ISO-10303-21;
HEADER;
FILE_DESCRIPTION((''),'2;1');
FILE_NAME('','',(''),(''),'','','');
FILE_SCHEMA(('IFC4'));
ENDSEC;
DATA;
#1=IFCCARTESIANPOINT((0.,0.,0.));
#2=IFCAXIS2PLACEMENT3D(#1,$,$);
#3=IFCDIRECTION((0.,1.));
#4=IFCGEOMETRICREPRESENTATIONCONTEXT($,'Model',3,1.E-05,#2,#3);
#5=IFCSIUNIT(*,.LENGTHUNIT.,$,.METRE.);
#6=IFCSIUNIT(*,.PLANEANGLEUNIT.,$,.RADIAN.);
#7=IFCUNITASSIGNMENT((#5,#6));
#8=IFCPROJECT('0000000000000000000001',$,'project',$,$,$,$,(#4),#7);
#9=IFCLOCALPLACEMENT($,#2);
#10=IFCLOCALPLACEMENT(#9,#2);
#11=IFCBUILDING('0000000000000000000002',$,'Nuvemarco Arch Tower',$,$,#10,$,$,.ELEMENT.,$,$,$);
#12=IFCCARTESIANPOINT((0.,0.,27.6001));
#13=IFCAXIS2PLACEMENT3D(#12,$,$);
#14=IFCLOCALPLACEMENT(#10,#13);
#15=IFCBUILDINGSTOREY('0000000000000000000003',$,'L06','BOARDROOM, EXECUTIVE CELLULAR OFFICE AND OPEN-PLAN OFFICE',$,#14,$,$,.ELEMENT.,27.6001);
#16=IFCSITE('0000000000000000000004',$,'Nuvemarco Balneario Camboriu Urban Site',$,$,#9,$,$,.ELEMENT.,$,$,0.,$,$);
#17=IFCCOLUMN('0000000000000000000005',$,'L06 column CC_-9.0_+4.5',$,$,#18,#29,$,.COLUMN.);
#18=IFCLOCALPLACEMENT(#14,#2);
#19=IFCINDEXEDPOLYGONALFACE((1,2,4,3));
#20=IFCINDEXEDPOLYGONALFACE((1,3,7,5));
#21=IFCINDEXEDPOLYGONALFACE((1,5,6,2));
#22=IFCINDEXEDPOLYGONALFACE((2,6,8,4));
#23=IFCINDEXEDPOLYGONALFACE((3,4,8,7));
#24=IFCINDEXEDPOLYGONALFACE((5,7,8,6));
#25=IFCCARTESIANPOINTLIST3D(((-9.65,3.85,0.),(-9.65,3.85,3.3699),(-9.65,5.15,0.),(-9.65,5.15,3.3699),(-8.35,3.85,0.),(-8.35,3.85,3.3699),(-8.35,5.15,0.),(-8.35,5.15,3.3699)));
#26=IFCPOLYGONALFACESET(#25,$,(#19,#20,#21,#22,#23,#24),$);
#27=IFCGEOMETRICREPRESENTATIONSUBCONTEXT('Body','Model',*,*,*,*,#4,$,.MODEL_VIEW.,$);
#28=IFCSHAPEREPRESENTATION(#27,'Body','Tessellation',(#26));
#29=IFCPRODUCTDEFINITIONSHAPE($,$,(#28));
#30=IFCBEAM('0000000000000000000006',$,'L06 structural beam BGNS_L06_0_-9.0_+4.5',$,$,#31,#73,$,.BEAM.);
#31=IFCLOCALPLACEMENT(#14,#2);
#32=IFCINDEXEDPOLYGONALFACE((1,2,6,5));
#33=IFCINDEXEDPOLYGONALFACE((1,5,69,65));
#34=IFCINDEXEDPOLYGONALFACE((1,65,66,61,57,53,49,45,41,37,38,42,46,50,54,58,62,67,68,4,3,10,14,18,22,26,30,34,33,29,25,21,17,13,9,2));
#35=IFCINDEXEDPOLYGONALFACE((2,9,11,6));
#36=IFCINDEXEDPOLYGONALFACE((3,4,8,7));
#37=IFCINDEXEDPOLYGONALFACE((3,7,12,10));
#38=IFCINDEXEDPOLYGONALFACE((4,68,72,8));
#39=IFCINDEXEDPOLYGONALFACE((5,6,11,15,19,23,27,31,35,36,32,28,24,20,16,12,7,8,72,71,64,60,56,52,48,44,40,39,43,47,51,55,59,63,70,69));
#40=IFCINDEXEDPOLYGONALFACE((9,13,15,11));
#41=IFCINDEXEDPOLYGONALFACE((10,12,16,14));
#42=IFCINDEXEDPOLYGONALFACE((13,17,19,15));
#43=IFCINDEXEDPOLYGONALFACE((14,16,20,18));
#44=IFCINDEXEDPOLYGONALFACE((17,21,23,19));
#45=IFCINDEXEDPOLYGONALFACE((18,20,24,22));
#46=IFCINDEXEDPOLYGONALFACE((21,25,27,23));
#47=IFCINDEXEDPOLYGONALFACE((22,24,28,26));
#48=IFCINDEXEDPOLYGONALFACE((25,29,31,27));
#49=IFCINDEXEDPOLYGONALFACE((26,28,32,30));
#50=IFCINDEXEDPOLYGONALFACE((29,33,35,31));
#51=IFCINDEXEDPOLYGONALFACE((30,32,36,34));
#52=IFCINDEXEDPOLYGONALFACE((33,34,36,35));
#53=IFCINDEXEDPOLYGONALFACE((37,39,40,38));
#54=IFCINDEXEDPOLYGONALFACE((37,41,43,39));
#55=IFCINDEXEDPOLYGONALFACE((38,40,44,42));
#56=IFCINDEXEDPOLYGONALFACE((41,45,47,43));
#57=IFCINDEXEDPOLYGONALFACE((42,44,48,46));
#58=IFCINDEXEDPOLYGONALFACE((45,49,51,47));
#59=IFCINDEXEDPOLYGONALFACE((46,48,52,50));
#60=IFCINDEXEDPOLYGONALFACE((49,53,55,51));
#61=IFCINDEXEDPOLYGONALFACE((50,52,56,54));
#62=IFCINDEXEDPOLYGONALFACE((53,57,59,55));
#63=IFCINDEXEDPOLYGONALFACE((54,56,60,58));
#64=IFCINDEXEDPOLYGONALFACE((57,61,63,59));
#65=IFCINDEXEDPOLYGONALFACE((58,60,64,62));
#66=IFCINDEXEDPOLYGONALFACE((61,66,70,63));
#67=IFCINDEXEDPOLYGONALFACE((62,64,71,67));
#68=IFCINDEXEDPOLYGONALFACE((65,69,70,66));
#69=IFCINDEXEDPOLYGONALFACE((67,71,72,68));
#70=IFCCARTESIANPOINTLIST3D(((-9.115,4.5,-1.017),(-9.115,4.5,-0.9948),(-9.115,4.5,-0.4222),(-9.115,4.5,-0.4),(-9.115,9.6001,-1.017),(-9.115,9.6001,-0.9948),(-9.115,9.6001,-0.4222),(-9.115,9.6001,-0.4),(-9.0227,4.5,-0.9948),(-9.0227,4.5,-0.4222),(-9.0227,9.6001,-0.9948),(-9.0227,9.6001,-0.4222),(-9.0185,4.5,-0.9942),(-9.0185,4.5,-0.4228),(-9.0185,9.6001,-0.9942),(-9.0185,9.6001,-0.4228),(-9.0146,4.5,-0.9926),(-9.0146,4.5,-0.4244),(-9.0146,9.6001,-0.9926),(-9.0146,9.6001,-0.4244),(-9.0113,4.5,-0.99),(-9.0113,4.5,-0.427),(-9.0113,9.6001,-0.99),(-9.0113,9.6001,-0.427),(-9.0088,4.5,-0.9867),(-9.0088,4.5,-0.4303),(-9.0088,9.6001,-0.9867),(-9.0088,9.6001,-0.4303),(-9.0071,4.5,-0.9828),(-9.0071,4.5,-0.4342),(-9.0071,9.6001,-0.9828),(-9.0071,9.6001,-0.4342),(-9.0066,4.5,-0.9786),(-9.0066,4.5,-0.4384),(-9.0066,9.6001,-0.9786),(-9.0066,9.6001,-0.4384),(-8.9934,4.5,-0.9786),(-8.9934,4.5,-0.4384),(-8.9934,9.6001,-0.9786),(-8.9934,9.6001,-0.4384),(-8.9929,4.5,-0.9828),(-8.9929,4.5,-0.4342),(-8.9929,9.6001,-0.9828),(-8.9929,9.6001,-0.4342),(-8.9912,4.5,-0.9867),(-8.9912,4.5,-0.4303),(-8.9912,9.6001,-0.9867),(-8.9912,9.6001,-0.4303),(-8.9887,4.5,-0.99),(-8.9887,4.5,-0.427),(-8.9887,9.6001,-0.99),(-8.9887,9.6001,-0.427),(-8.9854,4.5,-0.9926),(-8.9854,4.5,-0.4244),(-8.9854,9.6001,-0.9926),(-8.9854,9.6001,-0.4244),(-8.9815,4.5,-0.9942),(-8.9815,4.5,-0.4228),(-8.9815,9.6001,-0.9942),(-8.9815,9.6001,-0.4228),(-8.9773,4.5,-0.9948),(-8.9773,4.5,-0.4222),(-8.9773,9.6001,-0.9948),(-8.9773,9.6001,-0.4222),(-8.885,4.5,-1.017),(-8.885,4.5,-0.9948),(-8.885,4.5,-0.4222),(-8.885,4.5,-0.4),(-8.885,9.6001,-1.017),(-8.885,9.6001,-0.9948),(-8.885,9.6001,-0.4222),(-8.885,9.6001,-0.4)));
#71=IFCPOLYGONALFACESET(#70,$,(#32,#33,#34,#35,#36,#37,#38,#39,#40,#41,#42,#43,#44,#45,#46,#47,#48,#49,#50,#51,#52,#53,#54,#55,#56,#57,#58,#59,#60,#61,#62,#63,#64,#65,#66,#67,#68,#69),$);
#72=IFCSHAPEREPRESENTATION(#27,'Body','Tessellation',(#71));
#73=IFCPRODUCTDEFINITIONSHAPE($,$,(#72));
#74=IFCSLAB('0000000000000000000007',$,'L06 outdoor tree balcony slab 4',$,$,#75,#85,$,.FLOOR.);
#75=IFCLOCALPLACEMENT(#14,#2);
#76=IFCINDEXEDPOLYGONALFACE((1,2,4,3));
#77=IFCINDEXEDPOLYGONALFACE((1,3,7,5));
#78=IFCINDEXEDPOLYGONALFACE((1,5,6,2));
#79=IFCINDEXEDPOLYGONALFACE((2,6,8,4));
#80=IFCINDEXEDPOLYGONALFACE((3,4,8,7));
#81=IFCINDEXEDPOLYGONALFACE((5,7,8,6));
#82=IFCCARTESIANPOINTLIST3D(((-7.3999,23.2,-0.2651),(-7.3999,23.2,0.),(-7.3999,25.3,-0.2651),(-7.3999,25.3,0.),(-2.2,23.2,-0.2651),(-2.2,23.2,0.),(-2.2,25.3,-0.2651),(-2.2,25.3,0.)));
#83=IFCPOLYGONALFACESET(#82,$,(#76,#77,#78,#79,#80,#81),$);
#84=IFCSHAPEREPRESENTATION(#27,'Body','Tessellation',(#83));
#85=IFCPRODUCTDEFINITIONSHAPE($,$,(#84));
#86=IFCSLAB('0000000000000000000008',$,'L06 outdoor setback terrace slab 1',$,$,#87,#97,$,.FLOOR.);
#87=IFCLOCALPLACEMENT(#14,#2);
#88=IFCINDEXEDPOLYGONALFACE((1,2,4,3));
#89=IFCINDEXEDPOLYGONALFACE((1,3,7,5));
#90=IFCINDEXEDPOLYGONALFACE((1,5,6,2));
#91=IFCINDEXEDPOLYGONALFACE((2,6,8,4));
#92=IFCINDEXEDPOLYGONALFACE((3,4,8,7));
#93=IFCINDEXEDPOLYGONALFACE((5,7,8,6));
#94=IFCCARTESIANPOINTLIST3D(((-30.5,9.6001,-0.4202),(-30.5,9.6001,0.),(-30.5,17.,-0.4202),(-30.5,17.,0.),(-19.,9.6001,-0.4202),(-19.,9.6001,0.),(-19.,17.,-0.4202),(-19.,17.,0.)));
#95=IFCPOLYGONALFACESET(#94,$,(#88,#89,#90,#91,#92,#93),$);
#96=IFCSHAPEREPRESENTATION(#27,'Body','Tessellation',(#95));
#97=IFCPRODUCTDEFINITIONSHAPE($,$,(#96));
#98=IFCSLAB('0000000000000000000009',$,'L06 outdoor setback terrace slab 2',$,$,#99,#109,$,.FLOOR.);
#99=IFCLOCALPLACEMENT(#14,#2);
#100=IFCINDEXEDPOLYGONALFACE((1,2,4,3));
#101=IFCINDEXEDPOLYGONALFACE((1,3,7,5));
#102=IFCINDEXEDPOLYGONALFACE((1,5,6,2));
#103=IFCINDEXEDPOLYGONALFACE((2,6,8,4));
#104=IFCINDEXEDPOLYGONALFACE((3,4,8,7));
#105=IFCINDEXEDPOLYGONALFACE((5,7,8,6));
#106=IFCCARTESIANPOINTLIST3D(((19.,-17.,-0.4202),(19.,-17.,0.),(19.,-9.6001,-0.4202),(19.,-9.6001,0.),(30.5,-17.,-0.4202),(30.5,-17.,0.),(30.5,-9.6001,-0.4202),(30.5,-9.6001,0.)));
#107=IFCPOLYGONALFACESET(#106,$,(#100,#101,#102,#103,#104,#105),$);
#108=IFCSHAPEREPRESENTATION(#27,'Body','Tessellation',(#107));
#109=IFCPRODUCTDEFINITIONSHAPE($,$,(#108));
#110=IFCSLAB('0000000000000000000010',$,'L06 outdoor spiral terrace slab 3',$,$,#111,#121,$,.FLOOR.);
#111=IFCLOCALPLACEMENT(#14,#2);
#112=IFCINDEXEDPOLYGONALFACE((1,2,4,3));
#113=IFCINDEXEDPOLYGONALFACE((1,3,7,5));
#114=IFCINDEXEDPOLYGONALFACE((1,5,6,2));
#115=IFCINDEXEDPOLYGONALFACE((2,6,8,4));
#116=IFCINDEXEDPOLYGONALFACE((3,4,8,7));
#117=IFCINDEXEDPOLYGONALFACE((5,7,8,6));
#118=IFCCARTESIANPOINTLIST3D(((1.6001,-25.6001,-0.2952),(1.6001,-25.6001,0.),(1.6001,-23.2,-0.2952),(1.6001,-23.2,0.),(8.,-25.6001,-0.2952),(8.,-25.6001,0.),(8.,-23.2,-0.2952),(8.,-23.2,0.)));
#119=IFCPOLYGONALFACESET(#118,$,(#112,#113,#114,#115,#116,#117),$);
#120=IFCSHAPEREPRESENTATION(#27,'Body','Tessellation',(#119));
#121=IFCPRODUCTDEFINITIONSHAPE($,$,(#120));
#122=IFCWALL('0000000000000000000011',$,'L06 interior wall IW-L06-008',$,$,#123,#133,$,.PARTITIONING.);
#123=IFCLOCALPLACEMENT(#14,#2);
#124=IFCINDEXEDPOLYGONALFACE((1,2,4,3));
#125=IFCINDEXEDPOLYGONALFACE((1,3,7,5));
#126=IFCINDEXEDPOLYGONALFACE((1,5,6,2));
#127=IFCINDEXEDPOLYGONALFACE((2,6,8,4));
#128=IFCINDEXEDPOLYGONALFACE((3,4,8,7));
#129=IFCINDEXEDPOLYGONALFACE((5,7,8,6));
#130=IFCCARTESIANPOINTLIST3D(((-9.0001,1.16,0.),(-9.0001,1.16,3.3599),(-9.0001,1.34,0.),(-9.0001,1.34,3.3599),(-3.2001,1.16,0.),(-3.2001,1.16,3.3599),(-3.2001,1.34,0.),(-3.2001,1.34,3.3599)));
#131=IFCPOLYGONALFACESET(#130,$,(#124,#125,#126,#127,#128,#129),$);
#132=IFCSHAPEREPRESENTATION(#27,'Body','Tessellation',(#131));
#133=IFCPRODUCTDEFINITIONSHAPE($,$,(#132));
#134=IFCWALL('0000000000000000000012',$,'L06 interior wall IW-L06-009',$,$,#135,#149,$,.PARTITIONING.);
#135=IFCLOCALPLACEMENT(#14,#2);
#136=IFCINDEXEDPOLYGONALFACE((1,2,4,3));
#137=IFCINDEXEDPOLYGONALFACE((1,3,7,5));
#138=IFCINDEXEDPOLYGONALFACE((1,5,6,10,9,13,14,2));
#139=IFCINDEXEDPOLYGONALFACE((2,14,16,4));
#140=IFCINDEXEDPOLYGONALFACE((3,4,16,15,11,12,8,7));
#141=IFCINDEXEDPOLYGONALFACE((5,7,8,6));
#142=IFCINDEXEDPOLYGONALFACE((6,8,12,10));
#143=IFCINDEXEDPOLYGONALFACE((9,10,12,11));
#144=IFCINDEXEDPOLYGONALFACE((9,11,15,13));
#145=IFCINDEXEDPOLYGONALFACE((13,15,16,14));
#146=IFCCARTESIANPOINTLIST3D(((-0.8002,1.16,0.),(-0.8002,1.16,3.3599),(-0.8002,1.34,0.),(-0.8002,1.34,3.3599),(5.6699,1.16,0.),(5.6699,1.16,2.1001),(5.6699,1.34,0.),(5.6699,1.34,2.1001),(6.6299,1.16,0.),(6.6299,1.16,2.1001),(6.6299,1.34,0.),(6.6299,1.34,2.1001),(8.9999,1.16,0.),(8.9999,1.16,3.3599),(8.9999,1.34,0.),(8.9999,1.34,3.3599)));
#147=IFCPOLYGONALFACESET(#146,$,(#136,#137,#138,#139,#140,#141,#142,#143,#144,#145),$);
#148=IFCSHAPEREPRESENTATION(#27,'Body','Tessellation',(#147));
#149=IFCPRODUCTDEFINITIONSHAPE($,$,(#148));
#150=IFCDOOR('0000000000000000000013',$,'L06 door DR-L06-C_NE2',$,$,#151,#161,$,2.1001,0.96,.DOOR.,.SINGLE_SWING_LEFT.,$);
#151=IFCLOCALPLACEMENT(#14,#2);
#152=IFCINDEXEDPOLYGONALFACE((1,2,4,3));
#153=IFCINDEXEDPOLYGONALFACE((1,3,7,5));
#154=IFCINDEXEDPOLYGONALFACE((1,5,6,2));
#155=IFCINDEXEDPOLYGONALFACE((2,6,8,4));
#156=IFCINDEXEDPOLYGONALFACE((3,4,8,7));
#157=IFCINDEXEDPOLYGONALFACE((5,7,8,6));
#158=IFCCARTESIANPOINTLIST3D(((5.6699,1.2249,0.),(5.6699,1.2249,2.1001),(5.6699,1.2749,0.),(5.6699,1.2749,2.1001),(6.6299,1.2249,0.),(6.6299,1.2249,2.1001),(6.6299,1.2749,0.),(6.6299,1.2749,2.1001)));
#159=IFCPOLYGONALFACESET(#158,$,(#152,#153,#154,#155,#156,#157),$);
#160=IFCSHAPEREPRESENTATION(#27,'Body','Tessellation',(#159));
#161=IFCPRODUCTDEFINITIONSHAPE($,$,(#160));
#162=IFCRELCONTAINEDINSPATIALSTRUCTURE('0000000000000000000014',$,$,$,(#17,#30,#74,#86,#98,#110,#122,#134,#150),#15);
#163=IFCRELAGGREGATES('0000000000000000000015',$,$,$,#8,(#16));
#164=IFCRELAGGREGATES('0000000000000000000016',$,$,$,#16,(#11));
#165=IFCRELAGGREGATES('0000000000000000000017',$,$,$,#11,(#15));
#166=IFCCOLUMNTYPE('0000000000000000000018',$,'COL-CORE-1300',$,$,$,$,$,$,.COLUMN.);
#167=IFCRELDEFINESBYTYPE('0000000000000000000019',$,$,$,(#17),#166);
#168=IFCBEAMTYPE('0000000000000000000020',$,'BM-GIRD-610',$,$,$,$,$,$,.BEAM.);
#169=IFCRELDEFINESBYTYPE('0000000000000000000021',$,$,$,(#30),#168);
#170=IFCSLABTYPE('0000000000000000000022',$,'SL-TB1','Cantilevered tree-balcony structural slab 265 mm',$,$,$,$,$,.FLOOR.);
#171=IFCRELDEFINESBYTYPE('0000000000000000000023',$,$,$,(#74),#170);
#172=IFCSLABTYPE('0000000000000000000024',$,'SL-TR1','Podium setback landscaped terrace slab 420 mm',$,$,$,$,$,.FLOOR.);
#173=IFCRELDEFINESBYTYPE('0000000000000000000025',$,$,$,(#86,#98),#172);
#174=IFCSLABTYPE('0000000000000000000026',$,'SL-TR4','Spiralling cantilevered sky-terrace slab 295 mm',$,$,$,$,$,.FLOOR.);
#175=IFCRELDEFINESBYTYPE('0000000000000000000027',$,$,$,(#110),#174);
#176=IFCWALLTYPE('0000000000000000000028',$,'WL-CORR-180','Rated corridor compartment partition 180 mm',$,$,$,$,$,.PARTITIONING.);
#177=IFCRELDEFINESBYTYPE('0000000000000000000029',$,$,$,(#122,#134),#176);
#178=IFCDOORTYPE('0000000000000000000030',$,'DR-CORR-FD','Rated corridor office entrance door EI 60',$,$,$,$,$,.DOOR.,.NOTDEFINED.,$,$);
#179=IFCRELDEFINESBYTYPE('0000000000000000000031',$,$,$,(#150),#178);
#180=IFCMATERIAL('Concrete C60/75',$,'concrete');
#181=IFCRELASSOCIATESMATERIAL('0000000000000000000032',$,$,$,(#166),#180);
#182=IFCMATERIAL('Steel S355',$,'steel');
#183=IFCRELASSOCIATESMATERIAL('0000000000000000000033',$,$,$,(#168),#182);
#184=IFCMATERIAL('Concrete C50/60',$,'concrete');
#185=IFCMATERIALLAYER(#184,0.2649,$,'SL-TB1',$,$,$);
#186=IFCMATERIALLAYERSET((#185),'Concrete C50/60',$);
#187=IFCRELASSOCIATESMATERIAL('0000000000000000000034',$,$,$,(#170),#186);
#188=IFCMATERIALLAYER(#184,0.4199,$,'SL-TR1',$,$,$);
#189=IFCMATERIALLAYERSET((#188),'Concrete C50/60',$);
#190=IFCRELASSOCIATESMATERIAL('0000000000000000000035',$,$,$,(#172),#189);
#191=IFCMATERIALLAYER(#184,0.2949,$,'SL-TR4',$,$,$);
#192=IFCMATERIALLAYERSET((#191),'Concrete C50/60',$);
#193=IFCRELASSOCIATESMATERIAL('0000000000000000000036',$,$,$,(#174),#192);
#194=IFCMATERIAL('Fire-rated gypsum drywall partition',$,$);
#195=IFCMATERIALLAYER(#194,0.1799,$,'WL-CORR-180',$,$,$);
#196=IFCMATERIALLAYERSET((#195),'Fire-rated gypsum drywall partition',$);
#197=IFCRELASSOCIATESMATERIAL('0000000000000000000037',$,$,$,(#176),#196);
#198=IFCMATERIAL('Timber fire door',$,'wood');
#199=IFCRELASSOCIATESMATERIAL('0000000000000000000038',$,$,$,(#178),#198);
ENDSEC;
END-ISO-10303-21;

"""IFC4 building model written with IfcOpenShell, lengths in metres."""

from ifc_helpers import new_model, si_unit, direction, frame, frame_2d, origin, origin_2d, place, context, subcontext, project, spatial, polyline, rectangle, i_section, outline, extrude, source, transform, mapped, material, layer, layer_set, material_profile, profile_set, type_object, type_shapes, element, fill, save


model = new_model("IFC4")

# Units and contexts
model_context = context("Model", 3, precision=1e-05, world=origin(), true_north=direction((0.0, 1.0)))
body_context = subcontext(model_context, "Body", "Model", "MODEL_VIEW")
ifc_project = project(units=[si_unit("LENGTHUNIT", "METRE"), si_unit("PLANEANGLEUNIT", "RADIAN")], contexts=[model_context])

# Site, building, storey
site_placement = place(None, origin())
site = spatial("IfcSite", under=ifc_project, at=site_placement, Name="Nuvemarco Balneario Camboriu Urban Site", CompositionType="ELEMENT", RefElevation=0.0)
building_placement = place(site_placement, origin())
building = spatial("IfcBuilding", under=site, at=building_placement, Name="Nuvemarco Arch Tower", CompositionType="ELEMENT")
storey_placement = place(building_placement, frame((0.0, 0.0, 27.6001)))
storey = spatial("IfcBuildingStorey", under=building, at=storey_placement, Name="L06", Description="BOARDROOM, EXECUTIVE CELLULAR OFFICE AND OPEN-PLAN OFFICE", CompositionType="ELEMENT", Elevation=27.6001)

# Column
ifc_material_1 = material(Name="Concrete C60/75", Category="concrete")
ifc_material_profile_1 = material_profile(ifc_material_1, rectangle(XDim=1.3, YDim=1.3, at=origin_2d()), Name="RC-COL-1300x1300")
ifc_profile_set_1 = profile_set([ifc_material_profile_1], Name="Concrete C60/75")
column_type = type_object("IfcColumnType", Name="COL-CORE-1300", PredefinedType="COLUMN", material=ifc_profile_set_1)
column_placement = place(storey_placement, frame((-9.0, 4.5, 0.0), z_axis=(0.0, 0.0, 1.0), x_axis=(1.0, 0.0, 0.0)))
element("IfcColumn", 1, at=column_placement, inside=storey, type_object=column_type, Name="L06 column CC_-9.0_+4.5", PredefinedType="COLUMN", context=body_context, shape_type="SweptSolid", body=[
    extrude(rectangle(XDim=1.3, YDim=1.3, at=origin_2d()), origin(), (0.0, 0.0, 1.0), 3.3699),
])

# Beam
ifc_material_2 = material(Name="Steel S355", Category="steel")
ifc_material_profile_2 = material_profile(ifc_material_2, i_section(OverallWidth=0.23, OverallDepth=0.6169, WebThickness=0.0132, FlangeThickness=0.0222, FilletRadius=0.0161, at=origin_2d()), Name="W610x140")
ifc_profile_set_2 = profile_set([ifc_material_profile_2], Name="Steel S355")
beam_type = type_object("IfcBeamType", Name="BM-GIRD-610", PredefinedType="BEAM", material=ifc_profile_set_2)
beam_placement = place(storey_placement, frame((-9.0, 4.5, -0.7085), z_axis=(0.0, 1.0, 0.0), x_axis=(-1.0, 0.0, 0.0)))
element("IfcBeam", 2, at=beam_placement, inside=storey, type_object=beam_type, Name="L06 structural beam BGNS_L06_0_-9.0_+4.5", PredefinedType="BEAM", context=body_context, shape_type="SweptSolid", body=[
    extrude(i_section(OverallWidth=0.23, OverallDepth=0.6169, WebThickness=0.0132, FlangeThickness=0.0222, FilletRadius=0.0161, at=origin_2d()), origin(), (0.0, 0.0, 1.0), 5.1001),
])

# Slabs
ifc_material_3 = material(Name="Concrete C50/60", Category="concrete")
ifc_layer_1 = layer(ifc_material_3, 0.2649, Name="SL-TB1")
ifc_layer_set_1 = layer_set([ifc_layer_1], Name="Concrete C50/60")
slab_type_1 = type_object("IfcSlabType", Name="SL-TB1", Description="Cantilevered tree-balcony structural slab 265 mm", PredefinedType="FLOOR", material=ifc_layer_set_1)
slab_1_placement = place(storey_placement, frame((0.0, 0.0, -0.2651)))
element("IfcSlab", 3, at=slab_1_placement, inside=storey, type_object=slab_type_1, Name="L06 outdoor tree balcony slab 4", PredefinedType="FLOOR", context=body_context, shape_type="SweptSolid", body=[
    extrude(outline(polyline([(-7.3999, 23.2), (-2.2, 23.2), (-2.2, 25.3), (-7.3999, 25.3), (-7.3999, 23.2)])), origin(), (0.0, 0.0, 1.0), 0.2651),
])
ifc_layer_2 = layer(ifc_material_3, 0.4199, Name="SL-TR1")
ifc_layer_set_2 = layer_set([ifc_layer_2], Name="Concrete C50/60")
slab_type_2 = type_object("IfcSlabType", Name="SL-TR1", Description="Podium setback landscaped terrace slab 420 mm", PredefinedType="FLOOR", material=ifc_layer_set_2)
slab_2_placement = place(storey_placement, frame((0.0, 0.0, -0.4202)))
element("IfcSlab", 4, at=slab_2_placement, inside=storey, type_object=slab_type_2, Name="L06 outdoor setback terrace slab 1", PredefinedType="FLOOR", context=body_context, shape_type="SweptSolid", body=[
    extrude(outline(polyline([(-30.5, 9.6001), (-19.0, 9.6001), (-19.0, 17.0), (-30.5, 17.0), (-30.5, 9.6001)])), origin(), (0.0, 0.0, 1.0), 0.4202),
])
slab_3_placement = place(storey_placement, frame((0.0, 0.0, -0.4202)))
element("IfcSlab", 5, at=slab_3_placement, inside=storey, type_object=slab_type_2, Name="L06 outdoor setback terrace slab 2", PredefinedType="FLOOR", context=body_context, shape_type="SweptSolid", body=[
    extrude(outline(polyline([(19.0, -17.0), (30.5, -17.0), (30.5, -9.6001), (19.0, -9.6001), (19.0, -17.0)])), origin(), (0.0, 0.0, 1.0), 0.4202),
])
ifc_layer_3 = layer(ifc_material_3, 0.2949, Name="SL-TR4")
ifc_layer_set_3 = layer_set([ifc_layer_3], Name="Concrete C50/60")
slab_type_3 = type_object("IfcSlabType", Name="SL-TR4", Description="Spiralling cantilevered sky-terrace slab 295 mm", PredefinedType="FLOOR", material=ifc_layer_set_3)
slab_4_placement = place(storey_placement, frame((0.0, 0.0, -0.2952)))
element("IfcSlab", 6, at=slab_4_placement, inside=storey, type_object=slab_type_3, Name="L06 outdoor spiral terrace slab 3", PredefinedType="FLOOR", context=body_context, shape_type="SweptSolid", body=[
    extrude(outline(polyline([(1.6001, -25.6001), (8.0, -25.6001), (8.0, -23.2), (1.6001, -23.2), (1.6001, -25.6001)])), origin(), (0.0, 0.0, 1.0), 0.2952),
])

# Wall
ifc_material_4 = material(Name="Fire-rated gypsum drywall partition")
ifc_layer_4 = layer(ifc_material_4, 0.1799, Name="WL-CORR-180")
ifc_layer_set_4 = layer_set([ifc_layer_4], Name="Fire-rated gypsum drywall partition")
wall_type_1 = type_object("IfcWallType", Name="WL-CORR-180", Description="Rated corridor compartment partition 180 mm", PredefinedType="PARTITIONING", material=ifc_layer_set_4)
wall_1_placement = place(storey_placement, frame((-9.0, 1.25, 0.0), z_axis=(0.0, 0.0, 1.0), x_axis=(1.0, 0.0, 0.0)))
element("IfcWall", 7, at=wall_1_placement, inside=storey, type_object=wall_type_1, Name="L06 interior wall IW-L06-008", PredefinedType="PARTITIONING", context=body_context, shape_type="SweptSolid", body=[
    extrude(rectangle(XDim=5.8, YDim=0.1799, at=frame_2d((2.8999, 0.0))), origin(), (0.0, 0.0, 1.0), 3.3599),
])

# Wall, opening, door
wall_2_placement = place(storey_placement, frame((-0.8, 1.25, 0.0), z_axis=(0.0, 0.0, 1.0), x_axis=(1.0, 0.0, 0.0)))
wall_2 = element("IfcWall", 8, at=wall_2_placement, inside=storey, type_object=wall_type_1, Name="L06 interior wall IW-L06-009", PredefinedType="PARTITIONING", context=body_context, shape_type="SweptSolid", body=[
    extrude(rectangle(XDim=9.8, YDim=0.1799, at=frame_2d((4.8999, 0.0))), origin(), (0.0, 0.0, 1.0), 3.3599),
])
opening_1_placement = place(wall_2_placement, frame((6.47, 0.0, 0.0)))
opening_1 = element("IfcOpeningElement", 9, at=opening_1_placement, cuts=wall_2, PredefinedType="OPENING", context=body_context, shape_type="SweptSolid", body=[
    extrude(rectangle(XDim=0.96, YDim=2.1001, at=frame_2d((0.48, 1.05))), frame((0.0, 0.0999, 0.0), z_axis=(0.0, -1.0, 0.0), x_axis=(1.0, 0.0, 0.0)), (0.0, 0.0, 1.0), 0.2),
])
ifc_material_5 = material(Name="Timber fire door", Category="wood")
door_type_1 = type_object("IfcDoorType", Name="DR-CORR-FD", Description="Rated corridor office entrance door EI 60", OperationType="NOTDEFINED", PredefinedType="DOOR", material=ifc_material_5)
shared_shape_1 = source(origin(), body_context, "Body", "SweptSolid", [
    extrude(rectangle(XDim=0.96, YDim=2.1001, at=frame_2d((0.48, 1.05))), frame((0.0, 0.0249, 0.0), z_axis=(0.0, -1.0, 0.0), x_axis=(1.0, 0.0, 0.0)), (0.0, 0.0, 1.0), 0.05),
])
type_shapes(door_type_1, [shared_shape_1])
door_1_placement = place(opening_1_placement, origin())
door_1 = element("IfcDoor", 10, at=door_1_placement, inside=storey, type_object=door_type_1, Name="L06 door DR-L06-C_NE2", OperationType="SINGLE_SWING_LEFT", OverallHeight=2.1001, OverallWidth=0.96, PredefinedType="DOOR", context=body_context, shape_type="MappedRepresentation", body=[
    mapped(shared_shape_1, transform((0.0, 0.0, 0.0), scale=1.0)),
])
fill(opening_1, door_1)

save(model, "model.ifc")
